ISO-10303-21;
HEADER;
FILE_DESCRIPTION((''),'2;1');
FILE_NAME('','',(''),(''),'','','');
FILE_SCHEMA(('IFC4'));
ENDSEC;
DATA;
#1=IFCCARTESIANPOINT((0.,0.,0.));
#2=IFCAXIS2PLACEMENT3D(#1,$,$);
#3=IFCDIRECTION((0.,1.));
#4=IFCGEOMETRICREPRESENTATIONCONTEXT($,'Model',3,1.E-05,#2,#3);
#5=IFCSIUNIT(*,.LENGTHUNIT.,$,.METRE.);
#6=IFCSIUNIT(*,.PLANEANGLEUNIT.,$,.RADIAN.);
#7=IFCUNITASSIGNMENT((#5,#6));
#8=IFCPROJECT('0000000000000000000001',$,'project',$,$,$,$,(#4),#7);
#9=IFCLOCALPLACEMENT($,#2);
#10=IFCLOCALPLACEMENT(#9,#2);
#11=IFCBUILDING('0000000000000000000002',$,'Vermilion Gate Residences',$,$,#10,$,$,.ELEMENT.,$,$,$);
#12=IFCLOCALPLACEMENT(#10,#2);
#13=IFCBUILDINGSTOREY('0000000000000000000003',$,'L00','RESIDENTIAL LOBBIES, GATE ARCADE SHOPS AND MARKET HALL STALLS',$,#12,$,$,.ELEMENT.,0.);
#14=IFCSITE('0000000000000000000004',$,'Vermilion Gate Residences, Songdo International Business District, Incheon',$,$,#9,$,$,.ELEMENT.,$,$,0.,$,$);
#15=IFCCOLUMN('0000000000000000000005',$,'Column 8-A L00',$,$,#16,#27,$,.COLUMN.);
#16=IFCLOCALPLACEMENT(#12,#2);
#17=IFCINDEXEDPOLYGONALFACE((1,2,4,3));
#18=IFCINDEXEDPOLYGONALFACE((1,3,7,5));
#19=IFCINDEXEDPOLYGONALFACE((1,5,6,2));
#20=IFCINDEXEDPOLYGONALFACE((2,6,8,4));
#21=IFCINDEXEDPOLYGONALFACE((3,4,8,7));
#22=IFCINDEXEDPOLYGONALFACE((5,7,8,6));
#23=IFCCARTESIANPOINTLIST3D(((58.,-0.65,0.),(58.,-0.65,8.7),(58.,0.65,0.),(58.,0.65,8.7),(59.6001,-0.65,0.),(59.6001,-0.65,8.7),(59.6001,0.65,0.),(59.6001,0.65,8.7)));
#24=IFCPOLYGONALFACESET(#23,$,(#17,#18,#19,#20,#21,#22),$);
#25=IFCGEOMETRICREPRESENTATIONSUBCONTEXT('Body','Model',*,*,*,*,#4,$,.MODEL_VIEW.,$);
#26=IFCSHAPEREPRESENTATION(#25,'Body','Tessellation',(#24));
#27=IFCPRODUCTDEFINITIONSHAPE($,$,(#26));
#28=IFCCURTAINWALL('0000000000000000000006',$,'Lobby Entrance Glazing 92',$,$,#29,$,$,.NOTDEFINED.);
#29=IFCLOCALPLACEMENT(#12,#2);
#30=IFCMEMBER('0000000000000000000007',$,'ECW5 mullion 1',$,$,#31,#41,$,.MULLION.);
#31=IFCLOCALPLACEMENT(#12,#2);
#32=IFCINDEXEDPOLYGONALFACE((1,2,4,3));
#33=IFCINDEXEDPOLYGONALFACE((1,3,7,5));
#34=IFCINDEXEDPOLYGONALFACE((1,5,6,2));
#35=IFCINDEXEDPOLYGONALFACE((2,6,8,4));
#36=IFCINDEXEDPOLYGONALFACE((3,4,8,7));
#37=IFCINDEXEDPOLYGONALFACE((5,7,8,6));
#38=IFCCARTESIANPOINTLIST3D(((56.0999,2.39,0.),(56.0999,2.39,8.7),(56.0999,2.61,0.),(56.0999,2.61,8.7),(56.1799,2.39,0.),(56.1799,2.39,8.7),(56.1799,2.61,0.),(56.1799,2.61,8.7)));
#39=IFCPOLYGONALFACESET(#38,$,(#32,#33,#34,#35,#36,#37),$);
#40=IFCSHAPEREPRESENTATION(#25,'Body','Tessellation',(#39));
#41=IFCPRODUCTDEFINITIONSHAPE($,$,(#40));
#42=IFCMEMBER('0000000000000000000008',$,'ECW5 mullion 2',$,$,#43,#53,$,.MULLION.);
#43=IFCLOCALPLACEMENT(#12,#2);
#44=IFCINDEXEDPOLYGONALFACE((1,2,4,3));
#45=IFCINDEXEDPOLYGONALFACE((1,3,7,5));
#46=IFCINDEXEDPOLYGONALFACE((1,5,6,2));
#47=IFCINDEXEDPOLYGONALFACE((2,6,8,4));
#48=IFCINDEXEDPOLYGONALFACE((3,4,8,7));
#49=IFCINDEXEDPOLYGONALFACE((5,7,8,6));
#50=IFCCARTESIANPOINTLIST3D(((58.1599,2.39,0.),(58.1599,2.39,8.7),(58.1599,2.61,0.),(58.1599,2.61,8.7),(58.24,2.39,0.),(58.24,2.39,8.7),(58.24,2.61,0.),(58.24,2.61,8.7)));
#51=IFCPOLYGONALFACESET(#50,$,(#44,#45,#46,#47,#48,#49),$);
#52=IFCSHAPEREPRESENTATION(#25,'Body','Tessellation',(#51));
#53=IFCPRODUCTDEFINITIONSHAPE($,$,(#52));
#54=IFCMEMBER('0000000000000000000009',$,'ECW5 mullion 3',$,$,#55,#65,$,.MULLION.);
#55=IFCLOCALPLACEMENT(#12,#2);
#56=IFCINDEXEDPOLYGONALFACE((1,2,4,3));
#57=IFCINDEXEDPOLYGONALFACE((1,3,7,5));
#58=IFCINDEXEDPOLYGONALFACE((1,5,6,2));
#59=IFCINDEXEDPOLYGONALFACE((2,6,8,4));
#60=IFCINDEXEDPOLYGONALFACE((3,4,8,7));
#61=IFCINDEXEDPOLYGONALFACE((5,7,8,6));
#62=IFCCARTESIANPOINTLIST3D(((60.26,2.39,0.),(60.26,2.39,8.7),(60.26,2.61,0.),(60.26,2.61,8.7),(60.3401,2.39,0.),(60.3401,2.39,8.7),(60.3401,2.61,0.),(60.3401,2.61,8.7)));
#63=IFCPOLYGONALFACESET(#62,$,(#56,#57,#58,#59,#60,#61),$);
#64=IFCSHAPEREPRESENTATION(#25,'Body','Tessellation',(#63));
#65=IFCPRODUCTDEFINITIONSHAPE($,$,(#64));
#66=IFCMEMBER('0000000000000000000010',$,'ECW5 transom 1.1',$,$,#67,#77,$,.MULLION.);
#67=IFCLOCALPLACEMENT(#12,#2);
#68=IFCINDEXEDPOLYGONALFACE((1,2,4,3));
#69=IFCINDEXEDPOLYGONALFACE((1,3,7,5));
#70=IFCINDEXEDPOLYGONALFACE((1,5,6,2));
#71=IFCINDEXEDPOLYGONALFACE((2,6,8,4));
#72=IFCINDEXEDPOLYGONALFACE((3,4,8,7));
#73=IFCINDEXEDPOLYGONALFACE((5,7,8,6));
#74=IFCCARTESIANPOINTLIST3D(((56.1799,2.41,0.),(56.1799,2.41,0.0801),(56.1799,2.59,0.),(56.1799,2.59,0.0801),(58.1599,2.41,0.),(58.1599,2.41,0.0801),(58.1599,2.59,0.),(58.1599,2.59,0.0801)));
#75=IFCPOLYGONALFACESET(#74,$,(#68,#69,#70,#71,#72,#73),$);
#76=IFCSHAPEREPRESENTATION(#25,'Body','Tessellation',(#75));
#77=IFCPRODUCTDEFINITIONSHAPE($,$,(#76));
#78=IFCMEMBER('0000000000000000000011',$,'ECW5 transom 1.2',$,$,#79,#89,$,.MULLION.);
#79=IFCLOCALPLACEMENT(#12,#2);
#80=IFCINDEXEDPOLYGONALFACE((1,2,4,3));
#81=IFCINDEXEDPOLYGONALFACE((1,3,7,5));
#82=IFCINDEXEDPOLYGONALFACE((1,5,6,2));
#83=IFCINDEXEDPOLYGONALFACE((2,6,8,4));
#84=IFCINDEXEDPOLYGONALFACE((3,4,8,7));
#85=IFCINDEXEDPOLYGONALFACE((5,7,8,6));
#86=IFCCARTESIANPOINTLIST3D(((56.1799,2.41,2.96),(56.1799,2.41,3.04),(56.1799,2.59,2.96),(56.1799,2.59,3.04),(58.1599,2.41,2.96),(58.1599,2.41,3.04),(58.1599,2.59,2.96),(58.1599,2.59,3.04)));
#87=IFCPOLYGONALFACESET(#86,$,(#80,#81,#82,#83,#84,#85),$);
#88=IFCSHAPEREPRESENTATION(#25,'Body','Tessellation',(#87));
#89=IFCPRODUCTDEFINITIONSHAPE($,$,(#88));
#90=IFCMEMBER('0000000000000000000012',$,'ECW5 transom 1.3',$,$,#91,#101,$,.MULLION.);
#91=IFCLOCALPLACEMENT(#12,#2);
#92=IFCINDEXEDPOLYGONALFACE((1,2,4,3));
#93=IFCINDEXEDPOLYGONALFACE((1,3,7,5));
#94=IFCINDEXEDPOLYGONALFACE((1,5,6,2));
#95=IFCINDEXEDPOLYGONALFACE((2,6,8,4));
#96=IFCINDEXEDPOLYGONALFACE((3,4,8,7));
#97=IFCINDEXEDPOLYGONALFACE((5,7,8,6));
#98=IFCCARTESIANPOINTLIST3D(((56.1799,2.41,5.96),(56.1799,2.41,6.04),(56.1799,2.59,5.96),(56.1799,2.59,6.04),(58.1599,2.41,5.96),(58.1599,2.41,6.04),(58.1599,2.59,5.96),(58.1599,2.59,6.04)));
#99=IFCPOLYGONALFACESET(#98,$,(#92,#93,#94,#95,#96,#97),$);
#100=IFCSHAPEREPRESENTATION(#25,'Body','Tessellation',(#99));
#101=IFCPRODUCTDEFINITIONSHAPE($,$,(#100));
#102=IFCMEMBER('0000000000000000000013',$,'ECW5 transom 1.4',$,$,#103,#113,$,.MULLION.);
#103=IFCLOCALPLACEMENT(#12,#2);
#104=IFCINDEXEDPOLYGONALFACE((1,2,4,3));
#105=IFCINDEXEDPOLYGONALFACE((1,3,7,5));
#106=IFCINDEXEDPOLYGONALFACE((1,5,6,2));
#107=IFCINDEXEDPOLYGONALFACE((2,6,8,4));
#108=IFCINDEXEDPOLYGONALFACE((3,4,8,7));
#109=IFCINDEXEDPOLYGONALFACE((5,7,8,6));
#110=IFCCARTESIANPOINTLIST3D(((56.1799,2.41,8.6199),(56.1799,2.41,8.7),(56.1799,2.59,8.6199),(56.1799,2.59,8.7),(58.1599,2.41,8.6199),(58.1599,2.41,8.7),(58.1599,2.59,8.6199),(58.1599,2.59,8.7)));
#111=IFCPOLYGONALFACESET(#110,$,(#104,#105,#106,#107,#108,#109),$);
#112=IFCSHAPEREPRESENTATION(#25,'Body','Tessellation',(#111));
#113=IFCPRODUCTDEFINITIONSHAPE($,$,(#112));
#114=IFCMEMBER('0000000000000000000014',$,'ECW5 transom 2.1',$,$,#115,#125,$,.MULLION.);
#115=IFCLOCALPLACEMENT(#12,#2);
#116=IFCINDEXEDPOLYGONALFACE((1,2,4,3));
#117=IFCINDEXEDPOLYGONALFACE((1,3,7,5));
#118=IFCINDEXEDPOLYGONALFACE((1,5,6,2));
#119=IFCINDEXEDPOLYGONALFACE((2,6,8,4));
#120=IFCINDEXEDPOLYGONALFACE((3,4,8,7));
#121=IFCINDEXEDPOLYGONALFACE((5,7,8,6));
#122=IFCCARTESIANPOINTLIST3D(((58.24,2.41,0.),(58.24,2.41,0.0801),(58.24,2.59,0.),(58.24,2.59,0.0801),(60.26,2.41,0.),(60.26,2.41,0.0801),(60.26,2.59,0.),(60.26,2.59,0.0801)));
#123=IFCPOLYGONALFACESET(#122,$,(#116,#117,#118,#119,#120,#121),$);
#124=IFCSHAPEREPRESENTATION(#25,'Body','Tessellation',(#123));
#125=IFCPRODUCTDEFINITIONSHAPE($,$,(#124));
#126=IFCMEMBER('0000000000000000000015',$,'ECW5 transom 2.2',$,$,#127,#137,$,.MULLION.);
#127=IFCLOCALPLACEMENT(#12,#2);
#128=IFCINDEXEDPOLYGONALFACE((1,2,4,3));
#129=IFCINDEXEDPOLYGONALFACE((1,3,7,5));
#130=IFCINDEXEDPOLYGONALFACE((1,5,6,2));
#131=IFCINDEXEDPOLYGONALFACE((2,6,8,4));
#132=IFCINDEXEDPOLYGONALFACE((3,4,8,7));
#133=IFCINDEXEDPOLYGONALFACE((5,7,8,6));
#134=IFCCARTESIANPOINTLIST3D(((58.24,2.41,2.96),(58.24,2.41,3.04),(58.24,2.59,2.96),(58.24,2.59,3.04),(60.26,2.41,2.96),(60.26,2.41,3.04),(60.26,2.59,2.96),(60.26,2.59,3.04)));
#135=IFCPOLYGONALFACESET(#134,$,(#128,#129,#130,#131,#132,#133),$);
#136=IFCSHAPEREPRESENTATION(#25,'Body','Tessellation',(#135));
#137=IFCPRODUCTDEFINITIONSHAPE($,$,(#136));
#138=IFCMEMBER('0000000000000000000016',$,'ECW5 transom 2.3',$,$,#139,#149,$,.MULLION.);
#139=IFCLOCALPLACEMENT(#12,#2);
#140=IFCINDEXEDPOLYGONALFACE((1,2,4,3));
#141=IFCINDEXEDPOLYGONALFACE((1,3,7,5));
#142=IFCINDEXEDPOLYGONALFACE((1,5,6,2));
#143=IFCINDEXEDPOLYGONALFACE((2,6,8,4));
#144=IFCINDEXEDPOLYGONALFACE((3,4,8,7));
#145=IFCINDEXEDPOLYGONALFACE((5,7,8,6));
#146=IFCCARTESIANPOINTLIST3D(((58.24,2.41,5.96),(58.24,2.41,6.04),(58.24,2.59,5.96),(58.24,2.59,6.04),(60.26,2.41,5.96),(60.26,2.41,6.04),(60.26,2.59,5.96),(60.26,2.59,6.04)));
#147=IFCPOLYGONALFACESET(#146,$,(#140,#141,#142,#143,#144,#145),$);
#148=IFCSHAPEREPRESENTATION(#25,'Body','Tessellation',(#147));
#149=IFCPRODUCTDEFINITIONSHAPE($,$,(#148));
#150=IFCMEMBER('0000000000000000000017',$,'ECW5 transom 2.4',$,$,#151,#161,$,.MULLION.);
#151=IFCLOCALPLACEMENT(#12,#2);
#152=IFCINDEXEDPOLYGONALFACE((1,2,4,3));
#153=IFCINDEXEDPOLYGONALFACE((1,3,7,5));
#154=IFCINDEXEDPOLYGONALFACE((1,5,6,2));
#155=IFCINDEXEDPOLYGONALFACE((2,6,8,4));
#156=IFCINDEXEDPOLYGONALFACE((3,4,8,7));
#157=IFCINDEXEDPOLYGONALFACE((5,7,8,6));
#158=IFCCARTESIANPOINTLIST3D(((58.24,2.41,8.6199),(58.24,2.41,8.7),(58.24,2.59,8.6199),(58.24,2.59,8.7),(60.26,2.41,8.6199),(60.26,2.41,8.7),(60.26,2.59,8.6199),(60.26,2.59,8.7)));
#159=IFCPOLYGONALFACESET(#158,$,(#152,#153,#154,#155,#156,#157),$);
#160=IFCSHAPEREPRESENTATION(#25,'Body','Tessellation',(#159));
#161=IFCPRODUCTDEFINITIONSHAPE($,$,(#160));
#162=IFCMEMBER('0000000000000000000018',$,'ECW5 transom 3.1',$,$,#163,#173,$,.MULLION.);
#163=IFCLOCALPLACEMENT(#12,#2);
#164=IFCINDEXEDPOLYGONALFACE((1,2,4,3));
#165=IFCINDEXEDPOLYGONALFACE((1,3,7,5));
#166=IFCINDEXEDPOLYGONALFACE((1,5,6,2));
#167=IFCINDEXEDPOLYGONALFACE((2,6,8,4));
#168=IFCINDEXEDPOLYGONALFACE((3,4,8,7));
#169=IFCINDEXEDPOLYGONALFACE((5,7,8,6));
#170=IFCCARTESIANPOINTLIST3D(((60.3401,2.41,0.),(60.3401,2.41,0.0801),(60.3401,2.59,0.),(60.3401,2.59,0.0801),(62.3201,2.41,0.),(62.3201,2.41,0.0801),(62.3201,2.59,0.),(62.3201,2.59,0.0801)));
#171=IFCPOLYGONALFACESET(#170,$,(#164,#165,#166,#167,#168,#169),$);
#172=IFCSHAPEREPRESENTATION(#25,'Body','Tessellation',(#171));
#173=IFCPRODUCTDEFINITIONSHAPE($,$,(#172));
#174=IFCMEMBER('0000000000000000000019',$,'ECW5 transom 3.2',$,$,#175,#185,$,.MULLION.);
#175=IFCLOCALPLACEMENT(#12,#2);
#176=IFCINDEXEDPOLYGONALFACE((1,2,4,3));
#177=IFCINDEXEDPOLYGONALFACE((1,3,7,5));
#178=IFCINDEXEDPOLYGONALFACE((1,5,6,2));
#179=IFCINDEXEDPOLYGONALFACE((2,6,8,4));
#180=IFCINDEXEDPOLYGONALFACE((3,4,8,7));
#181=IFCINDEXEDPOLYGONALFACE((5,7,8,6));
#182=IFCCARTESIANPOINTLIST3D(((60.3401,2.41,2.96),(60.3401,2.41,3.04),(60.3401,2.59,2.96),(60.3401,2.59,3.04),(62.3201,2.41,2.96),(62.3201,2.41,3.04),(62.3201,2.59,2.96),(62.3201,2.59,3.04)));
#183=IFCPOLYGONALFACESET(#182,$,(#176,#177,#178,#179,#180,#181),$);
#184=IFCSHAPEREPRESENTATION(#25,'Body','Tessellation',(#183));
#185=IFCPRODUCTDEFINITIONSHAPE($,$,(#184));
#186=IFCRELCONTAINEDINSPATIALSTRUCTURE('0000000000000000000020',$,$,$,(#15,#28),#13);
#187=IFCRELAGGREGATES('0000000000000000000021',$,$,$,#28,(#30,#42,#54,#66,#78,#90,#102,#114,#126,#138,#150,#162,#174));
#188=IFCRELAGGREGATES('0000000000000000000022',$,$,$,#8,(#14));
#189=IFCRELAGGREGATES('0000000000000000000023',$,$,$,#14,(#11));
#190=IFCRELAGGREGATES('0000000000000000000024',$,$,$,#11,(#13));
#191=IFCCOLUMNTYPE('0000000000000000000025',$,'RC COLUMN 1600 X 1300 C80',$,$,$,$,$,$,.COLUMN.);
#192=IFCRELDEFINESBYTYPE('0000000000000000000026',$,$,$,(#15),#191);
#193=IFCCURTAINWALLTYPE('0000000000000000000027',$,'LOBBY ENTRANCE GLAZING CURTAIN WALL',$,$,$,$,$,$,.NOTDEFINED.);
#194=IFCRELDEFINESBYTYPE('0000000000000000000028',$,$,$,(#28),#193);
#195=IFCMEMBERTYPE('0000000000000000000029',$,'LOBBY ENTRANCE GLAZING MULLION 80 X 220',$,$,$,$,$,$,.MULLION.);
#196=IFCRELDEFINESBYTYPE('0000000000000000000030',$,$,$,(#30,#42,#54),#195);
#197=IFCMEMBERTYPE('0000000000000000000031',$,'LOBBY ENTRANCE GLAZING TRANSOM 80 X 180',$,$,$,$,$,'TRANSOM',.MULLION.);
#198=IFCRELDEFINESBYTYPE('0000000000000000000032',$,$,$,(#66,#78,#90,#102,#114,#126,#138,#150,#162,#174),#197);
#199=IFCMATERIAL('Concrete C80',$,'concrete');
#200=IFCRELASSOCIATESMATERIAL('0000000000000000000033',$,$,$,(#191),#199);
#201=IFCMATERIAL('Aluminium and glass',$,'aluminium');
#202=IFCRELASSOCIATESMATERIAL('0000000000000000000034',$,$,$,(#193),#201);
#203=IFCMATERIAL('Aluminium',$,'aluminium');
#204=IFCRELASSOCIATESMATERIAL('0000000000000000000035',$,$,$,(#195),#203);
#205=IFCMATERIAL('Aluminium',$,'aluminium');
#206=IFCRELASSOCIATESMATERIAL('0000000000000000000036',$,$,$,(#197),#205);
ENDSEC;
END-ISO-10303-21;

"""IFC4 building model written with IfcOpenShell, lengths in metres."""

from ifc_helpers import new_model, si_unit, direction, frame, origin, origin_2d, place, context, subcontext, project, spatial, rectangle, extrude, material, material_profile, profile_set, type_object, element, aggregate, save


model = new_model("IFC4")

# Units and contexts
model_context = context("Model", 3, precision=1e-05, world=origin(), true_north=direction((0.0, 1.0)))
body_context = subcontext(model_context, "Body", "Model", "MODEL_VIEW")
ifc_project = project(units=[si_unit("LENGTHUNIT", "METRE"), si_unit("PLANEANGLEUNIT", "RADIAN")], contexts=[model_context])

# Site, building, storey
site_placement = place(None, origin())
site = spatial("IfcSite", under=ifc_project, at=site_placement, Name="Vermilion Gate Residences, Songdo International Business District, Incheon", CompositionType="ELEMENT", RefElevation=0.0)
building_placement = place(site_placement, origin())
building = spatial("IfcBuilding", under=site, at=building_placement, Name="Vermilion Gate Residences", CompositionType="ELEMENT")
storey_placement = place(building_placement, origin())
storey = spatial("IfcBuildingStorey", under=building, at=storey_placement, Name="L00", Description="RESIDENTIAL LOBBIES, GATE ARCADE SHOPS AND MARKET HALL STALLS", CompositionType="ELEMENT", Elevation=0.0)

# Column
ifc_material_1 = material(Name="Concrete C80", Category="concrete")
ifc_material_profile_1 = material_profile(ifc_material_1, rectangle(XDim=1.6001, YDim=1.3, at=origin_2d()), Name="RC-1600x1300")
ifc_profile_set_1 = profile_set([ifc_material_profile_1], Name="Concrete C80")
column_type = type_object("IfcColumnType", Name="RC COLUMN 1600 X 1300 C80", PredefinedType="COLUMN", material=ifc_profile_set_1)
column_placement = place(storey_placement, frame((58.8, 0.0, 0.0), z_axis=(0.0, 0.0, 1.0), x_axis=(1.0, 0.0, 0.0)))
element("IfcColumn", 1, at=column_placement, inside=storey, type_object=column_type, Name="Column 8-A L00", PredefinedType="COLUMN", context=body_context, shape_type="SweptSolid", body=[
    extrude(rectangle(XDim=1.6001, YDim=1.3, at=origin_2d()), origin(), (0.0, 0.0, 1.0), 8.7),
])

# Curtain wall, members
ifc_material_2 = material(Name="Aluminium and glass", Category="aluminium")
curtain_wall_type = type_object("IfcCurtainWallType", Name="LOBBY ENTRANCE GLAZING CURTAIN WALL", PredefinedType="NOTDEFINED", material=ifc_material_2)
curtain_wall_placement = place(storey_placement, origin())
curtain_wall = element("IfcCurtainWall", 2, at=curtain_wall_placement, inside=storey, type_object=curtain_wall_type, Name="Lobby Entrance Glazing 92", PredefinedType="NOTDEFINED")
ifc_material_3 = material(Name="Aluminium", Category="aluminium")
ifc_material_profile_2 = material_profile(ifc_material_3, rectangle(XDim=0.22, YDim=0.0801, at=origin_2d()), Name="MULLION 80 X 220")
ifc_profile_set_2 = profile_set([ifc_material_profile_2], Name="Aluminium")
member_type_1 = type_object("IfcMemberType", Name="LOBBY ENTRANCE GLAZING MULLION 80 X 220", PredefinedType="MULLION", material=ifc_profile_set_2)
member_1_placement = place(storey_placement, frame((56.1399, 2.5, 0.0), z_axis=(0.0, 0.0, 1.0), x_axis=(0.0, 1.0, 0.0)))
member_1 = element("IfcMember", 3, at=member_1_placement, type_object=member_type_1, Name="ECW5 mullion 1", PredefinedType="MULLION", context=body_context, shape_type="SweptSolid", body=[
    extrude(rectangle(XDim=0.22, YDim=0.0801, at=origin_2d()), origin(), (0.0, 0.0, 1.0), 8.7),
])
member_2_placement = place(storey_placement, frame((58.2, 2.5, 0.0), z_axis=(0.0, 0.0, 1.0), x_axis=(0.0, 1.0, 0.0)))
member_2 = element("IfcMember", 4, at=member_2_placement, type_object=member_type_1, Name="ECW5 mullion 2", PredefinedType="MULLION", context=body_context, shape_type="SweptSolid", body=[
    extrude(rectangle(XDim=0.22, YDim=0.0801, at=origin_2d()), origin(), (0.0, 0.0, 1.0), 8.7),
])
member_3_placement = place(storey_placement, frame((60.3, 2.5, 0.0), z_axis=(0.0, 0.0, 1.0), x_axis=(0.0, 1.0, 0.0)))
member_3 = element("IfcMember", 5, at=member_3_placement, type_object=member_type_1, Name="ECW5 mullion 3", PredefinedType="MULLION", context=body_context, shape_type="SweptSolid", body=[
    extrude(rectangle(XDim=0.22, YDim=0.0801, at=origin_2d()), origin(), (0.0, 0.0, 1.0), 8.7),
])
ifc_material_4 = material(Name="Aluminium", Category="aluminium")
ifc_material_profile_3 = material_profile(ifc_material_4, rectangle(XDim=0.1799, YDim=0.0801, at=origin_2d()), Name="TRANSOM 80 X 180")
ifc_profile_set_3 = profile_set([ifc_material_profile_3], Name="Aluminium")
member_type_2 = type_object("IfcMemberType", Name="LOBBY ENTRANCE GLAZING TRANSOM 80 X 180", ElementType="TRANSOM", PredefinedType="MULLION", material=ifc_profile_set_3)
member_4_placement = place(storey_placement, frame((56.1799, 2.5, 0.04), z_axis=(1.0, 0.0, 0.0), x_axis=(0.0, 1.0, 0.0)))
member_4 = element("IfcMember", 6, at=member_4_placement, type_object=member_type_2, Name="ECW5 transom 1.1", PredefinedType="MULLION", context=body_context, shape_type="SweptSolid", body=[
    extrude(rectangle(XDim=0.1799, YDim=0.0801, at=origin_2d()), origin(), (0.0, 0.0, 1.0), 1.98),
])
member_5_placement = place(storey_placement, frame((56.1799, 2.5, 3.0), z_axis=(1.0, 0.0, 0.0), x_axis=(0.0, 1.0, 0.0)))
member_5 = element("IfcMember", 7, at=member_5_placement, type_object=member_type_2, Name="ECW5 transom 1.2", PredefinedType="MULLION", context=body_context, shape_type="SweptSolid", body=[
    extrude(rectangle(XDim=0.1799, YDim=0.0801, at=origin_2d()), origin(), (0.0, 0.0, 1.0), 1.98),
])
member_6_placement = place(storey_placement, frame((56.1799, 2.5, 6.0), z_axis=(1.0, 0.0, 0.0), x_axis=(0.0, 1.0, 0.0)))
member_6 = element("IfcMember", 8, at=member_6_placement, type_object=member_type_2, Name="ECW5 transom 1.3", PredefinedType="MULLION", context=body_context, shape_type="SweptSolid", body=[
    extrude(rectangle(XDim=0.1799, YDim=0.0801, at=origin_2d()), origin(), (0.0, 0.0, 1.0), 1.98),
])
member_7_placement = place(storey_placement, frame((56.1799, 2.5, 8.6599), z_axis=(1.0, 0.0, 0.0), x_axis=(0.0, 1.0, 0.0)))
member_7 = element("IfcMember", 9, at=member_7_placement, type_object=member_type_2, Name="ECW5 transom 1.4", PredefinedType="MULLION", context=body_context, shape_type="SweptSolid", body=[
    extrude(rectangle(XDim=0.1799, YDim=0.0801, at=origin_2d()), origin(), (0.0, 0.0, 1.0), 1.98),
])
member_8_placement = place(storey_placement, frame((58.24, 2.5, 0.04), z_axis=(1.0, 0.0, 0.0), x_axis=(0.0, 1.0, 0.0)))
member_8 = element("IfcMember", 10, at=member_8_placement, type_object=member_type_2, Name="ECW5 transom 2.1", PredefinedType="MULLION", context=body_context, shape_type="SweptSolid", body=[
    extrude(rectangle(XDim=0.1799, YDim=0.0801, at=origin_2d()), origin(), (0.0, 0.0, 1.0), 2.02),
])
member_9_placement = place(storey_placement, frame((58.24, 2.5, 3.0), z_axis=(1.0, 0.0, 0.0), x_axis=(0.0, 1.0, 0.0)))
member_9 = element("IfcMember", 11, at=member_9_placement, type_object=member_type_2, Name="ECW5 transom 2.2", PredefinedType="MULLION", context=body_context, shape_type="SweptSolid", body=[
    extrude(rectangle(XDim=0.1799, YDim=0.0801, at=origin_2d()), origin(), (0.0, 0.0, 1.0), 2.02),
])
member_10_placement = place(storey_placement, frame((58.24, 2.5, 6.0), z_axis=(1.0, 0.0, 0.0), x_axis=(0.0, 1.0, 0.0)))
member_10 = element("IfcMember", 12, at=member_10_placement, type_object=member_type_2, Name="ECW5 transom 2.3", PredefinedType="MULLION", context=body_context, shape_type="SweptSolid", body=[
    extrude(rectangle(XDim=0.1799, YDim=0.0801, at=origin_2d()), origin(), (0.0, 0.0, 1.0), 2.02),
])
member_11_placement = place(storey_placement, frame((58.24, 2.5, 8.6599), z_axis=(1.0, 0.0, 0.0), x_axis=(0.0, 1.0, 0.0)))
member_11 = element("IfcMember", 13, at=member_11_placement, type_object=member_type_2, Name="ECW5 transom 2.4", PredefinedType="MULLION", context=body_context, shape_type="SweptSolid", body=[
    extrude(rectangle(XDim=0.1799, YDim=0.0801, at=origin_2d()), origin(), (0.0, 0.0, 1.0), 2.02),
])
member_12_placement = place(storey_placement, frame((60.3401, 2.5, 0.04), z_axis=(1.0, 0.0, 0.0), x_axis=(0.0, 1.0, 0.0)))
member_12 = element("IfcMember", 14, at=member_12_placement, type_object=member_type_2, Name="ECW5 transom 3.1", PredefinedType="MULLION", context=body_context, shape_type="SweptSolid", body=[
    extrude(rectangle(XDim=0.1799, YDim=0.0801, at=origin_2d()), origin(), (0.0, 0.0, 1.0), 1.98),
])
member_13_placement = place(storey_placement, frame((60.3401, 2.5, 3.0), z_axis=(1.0, 0.0, 0.0), x_axis=(0.0, 1.0, 0.0)))
member_13 = element("IfcMember", 15, at=member_13_placement, type_object=member_type_2, Name="ECW5 transom 3.2", PredefinedType="MULLION", context=body_context, shape_type="SweptSolid", body=[
    extrude(rectangle(XDim=0.1799, YDim=0.0801, at=origin_2d()), origin(), (0.0, 0.0, 1.0), 1.98),
])

aggregate(curtain_wall, [member_1, member_2, member_3, member_4, member_5, member_6, member_7, member_8, member_9, member_10, member_11, member_12, member_13])

save(model, "model.ifc")
